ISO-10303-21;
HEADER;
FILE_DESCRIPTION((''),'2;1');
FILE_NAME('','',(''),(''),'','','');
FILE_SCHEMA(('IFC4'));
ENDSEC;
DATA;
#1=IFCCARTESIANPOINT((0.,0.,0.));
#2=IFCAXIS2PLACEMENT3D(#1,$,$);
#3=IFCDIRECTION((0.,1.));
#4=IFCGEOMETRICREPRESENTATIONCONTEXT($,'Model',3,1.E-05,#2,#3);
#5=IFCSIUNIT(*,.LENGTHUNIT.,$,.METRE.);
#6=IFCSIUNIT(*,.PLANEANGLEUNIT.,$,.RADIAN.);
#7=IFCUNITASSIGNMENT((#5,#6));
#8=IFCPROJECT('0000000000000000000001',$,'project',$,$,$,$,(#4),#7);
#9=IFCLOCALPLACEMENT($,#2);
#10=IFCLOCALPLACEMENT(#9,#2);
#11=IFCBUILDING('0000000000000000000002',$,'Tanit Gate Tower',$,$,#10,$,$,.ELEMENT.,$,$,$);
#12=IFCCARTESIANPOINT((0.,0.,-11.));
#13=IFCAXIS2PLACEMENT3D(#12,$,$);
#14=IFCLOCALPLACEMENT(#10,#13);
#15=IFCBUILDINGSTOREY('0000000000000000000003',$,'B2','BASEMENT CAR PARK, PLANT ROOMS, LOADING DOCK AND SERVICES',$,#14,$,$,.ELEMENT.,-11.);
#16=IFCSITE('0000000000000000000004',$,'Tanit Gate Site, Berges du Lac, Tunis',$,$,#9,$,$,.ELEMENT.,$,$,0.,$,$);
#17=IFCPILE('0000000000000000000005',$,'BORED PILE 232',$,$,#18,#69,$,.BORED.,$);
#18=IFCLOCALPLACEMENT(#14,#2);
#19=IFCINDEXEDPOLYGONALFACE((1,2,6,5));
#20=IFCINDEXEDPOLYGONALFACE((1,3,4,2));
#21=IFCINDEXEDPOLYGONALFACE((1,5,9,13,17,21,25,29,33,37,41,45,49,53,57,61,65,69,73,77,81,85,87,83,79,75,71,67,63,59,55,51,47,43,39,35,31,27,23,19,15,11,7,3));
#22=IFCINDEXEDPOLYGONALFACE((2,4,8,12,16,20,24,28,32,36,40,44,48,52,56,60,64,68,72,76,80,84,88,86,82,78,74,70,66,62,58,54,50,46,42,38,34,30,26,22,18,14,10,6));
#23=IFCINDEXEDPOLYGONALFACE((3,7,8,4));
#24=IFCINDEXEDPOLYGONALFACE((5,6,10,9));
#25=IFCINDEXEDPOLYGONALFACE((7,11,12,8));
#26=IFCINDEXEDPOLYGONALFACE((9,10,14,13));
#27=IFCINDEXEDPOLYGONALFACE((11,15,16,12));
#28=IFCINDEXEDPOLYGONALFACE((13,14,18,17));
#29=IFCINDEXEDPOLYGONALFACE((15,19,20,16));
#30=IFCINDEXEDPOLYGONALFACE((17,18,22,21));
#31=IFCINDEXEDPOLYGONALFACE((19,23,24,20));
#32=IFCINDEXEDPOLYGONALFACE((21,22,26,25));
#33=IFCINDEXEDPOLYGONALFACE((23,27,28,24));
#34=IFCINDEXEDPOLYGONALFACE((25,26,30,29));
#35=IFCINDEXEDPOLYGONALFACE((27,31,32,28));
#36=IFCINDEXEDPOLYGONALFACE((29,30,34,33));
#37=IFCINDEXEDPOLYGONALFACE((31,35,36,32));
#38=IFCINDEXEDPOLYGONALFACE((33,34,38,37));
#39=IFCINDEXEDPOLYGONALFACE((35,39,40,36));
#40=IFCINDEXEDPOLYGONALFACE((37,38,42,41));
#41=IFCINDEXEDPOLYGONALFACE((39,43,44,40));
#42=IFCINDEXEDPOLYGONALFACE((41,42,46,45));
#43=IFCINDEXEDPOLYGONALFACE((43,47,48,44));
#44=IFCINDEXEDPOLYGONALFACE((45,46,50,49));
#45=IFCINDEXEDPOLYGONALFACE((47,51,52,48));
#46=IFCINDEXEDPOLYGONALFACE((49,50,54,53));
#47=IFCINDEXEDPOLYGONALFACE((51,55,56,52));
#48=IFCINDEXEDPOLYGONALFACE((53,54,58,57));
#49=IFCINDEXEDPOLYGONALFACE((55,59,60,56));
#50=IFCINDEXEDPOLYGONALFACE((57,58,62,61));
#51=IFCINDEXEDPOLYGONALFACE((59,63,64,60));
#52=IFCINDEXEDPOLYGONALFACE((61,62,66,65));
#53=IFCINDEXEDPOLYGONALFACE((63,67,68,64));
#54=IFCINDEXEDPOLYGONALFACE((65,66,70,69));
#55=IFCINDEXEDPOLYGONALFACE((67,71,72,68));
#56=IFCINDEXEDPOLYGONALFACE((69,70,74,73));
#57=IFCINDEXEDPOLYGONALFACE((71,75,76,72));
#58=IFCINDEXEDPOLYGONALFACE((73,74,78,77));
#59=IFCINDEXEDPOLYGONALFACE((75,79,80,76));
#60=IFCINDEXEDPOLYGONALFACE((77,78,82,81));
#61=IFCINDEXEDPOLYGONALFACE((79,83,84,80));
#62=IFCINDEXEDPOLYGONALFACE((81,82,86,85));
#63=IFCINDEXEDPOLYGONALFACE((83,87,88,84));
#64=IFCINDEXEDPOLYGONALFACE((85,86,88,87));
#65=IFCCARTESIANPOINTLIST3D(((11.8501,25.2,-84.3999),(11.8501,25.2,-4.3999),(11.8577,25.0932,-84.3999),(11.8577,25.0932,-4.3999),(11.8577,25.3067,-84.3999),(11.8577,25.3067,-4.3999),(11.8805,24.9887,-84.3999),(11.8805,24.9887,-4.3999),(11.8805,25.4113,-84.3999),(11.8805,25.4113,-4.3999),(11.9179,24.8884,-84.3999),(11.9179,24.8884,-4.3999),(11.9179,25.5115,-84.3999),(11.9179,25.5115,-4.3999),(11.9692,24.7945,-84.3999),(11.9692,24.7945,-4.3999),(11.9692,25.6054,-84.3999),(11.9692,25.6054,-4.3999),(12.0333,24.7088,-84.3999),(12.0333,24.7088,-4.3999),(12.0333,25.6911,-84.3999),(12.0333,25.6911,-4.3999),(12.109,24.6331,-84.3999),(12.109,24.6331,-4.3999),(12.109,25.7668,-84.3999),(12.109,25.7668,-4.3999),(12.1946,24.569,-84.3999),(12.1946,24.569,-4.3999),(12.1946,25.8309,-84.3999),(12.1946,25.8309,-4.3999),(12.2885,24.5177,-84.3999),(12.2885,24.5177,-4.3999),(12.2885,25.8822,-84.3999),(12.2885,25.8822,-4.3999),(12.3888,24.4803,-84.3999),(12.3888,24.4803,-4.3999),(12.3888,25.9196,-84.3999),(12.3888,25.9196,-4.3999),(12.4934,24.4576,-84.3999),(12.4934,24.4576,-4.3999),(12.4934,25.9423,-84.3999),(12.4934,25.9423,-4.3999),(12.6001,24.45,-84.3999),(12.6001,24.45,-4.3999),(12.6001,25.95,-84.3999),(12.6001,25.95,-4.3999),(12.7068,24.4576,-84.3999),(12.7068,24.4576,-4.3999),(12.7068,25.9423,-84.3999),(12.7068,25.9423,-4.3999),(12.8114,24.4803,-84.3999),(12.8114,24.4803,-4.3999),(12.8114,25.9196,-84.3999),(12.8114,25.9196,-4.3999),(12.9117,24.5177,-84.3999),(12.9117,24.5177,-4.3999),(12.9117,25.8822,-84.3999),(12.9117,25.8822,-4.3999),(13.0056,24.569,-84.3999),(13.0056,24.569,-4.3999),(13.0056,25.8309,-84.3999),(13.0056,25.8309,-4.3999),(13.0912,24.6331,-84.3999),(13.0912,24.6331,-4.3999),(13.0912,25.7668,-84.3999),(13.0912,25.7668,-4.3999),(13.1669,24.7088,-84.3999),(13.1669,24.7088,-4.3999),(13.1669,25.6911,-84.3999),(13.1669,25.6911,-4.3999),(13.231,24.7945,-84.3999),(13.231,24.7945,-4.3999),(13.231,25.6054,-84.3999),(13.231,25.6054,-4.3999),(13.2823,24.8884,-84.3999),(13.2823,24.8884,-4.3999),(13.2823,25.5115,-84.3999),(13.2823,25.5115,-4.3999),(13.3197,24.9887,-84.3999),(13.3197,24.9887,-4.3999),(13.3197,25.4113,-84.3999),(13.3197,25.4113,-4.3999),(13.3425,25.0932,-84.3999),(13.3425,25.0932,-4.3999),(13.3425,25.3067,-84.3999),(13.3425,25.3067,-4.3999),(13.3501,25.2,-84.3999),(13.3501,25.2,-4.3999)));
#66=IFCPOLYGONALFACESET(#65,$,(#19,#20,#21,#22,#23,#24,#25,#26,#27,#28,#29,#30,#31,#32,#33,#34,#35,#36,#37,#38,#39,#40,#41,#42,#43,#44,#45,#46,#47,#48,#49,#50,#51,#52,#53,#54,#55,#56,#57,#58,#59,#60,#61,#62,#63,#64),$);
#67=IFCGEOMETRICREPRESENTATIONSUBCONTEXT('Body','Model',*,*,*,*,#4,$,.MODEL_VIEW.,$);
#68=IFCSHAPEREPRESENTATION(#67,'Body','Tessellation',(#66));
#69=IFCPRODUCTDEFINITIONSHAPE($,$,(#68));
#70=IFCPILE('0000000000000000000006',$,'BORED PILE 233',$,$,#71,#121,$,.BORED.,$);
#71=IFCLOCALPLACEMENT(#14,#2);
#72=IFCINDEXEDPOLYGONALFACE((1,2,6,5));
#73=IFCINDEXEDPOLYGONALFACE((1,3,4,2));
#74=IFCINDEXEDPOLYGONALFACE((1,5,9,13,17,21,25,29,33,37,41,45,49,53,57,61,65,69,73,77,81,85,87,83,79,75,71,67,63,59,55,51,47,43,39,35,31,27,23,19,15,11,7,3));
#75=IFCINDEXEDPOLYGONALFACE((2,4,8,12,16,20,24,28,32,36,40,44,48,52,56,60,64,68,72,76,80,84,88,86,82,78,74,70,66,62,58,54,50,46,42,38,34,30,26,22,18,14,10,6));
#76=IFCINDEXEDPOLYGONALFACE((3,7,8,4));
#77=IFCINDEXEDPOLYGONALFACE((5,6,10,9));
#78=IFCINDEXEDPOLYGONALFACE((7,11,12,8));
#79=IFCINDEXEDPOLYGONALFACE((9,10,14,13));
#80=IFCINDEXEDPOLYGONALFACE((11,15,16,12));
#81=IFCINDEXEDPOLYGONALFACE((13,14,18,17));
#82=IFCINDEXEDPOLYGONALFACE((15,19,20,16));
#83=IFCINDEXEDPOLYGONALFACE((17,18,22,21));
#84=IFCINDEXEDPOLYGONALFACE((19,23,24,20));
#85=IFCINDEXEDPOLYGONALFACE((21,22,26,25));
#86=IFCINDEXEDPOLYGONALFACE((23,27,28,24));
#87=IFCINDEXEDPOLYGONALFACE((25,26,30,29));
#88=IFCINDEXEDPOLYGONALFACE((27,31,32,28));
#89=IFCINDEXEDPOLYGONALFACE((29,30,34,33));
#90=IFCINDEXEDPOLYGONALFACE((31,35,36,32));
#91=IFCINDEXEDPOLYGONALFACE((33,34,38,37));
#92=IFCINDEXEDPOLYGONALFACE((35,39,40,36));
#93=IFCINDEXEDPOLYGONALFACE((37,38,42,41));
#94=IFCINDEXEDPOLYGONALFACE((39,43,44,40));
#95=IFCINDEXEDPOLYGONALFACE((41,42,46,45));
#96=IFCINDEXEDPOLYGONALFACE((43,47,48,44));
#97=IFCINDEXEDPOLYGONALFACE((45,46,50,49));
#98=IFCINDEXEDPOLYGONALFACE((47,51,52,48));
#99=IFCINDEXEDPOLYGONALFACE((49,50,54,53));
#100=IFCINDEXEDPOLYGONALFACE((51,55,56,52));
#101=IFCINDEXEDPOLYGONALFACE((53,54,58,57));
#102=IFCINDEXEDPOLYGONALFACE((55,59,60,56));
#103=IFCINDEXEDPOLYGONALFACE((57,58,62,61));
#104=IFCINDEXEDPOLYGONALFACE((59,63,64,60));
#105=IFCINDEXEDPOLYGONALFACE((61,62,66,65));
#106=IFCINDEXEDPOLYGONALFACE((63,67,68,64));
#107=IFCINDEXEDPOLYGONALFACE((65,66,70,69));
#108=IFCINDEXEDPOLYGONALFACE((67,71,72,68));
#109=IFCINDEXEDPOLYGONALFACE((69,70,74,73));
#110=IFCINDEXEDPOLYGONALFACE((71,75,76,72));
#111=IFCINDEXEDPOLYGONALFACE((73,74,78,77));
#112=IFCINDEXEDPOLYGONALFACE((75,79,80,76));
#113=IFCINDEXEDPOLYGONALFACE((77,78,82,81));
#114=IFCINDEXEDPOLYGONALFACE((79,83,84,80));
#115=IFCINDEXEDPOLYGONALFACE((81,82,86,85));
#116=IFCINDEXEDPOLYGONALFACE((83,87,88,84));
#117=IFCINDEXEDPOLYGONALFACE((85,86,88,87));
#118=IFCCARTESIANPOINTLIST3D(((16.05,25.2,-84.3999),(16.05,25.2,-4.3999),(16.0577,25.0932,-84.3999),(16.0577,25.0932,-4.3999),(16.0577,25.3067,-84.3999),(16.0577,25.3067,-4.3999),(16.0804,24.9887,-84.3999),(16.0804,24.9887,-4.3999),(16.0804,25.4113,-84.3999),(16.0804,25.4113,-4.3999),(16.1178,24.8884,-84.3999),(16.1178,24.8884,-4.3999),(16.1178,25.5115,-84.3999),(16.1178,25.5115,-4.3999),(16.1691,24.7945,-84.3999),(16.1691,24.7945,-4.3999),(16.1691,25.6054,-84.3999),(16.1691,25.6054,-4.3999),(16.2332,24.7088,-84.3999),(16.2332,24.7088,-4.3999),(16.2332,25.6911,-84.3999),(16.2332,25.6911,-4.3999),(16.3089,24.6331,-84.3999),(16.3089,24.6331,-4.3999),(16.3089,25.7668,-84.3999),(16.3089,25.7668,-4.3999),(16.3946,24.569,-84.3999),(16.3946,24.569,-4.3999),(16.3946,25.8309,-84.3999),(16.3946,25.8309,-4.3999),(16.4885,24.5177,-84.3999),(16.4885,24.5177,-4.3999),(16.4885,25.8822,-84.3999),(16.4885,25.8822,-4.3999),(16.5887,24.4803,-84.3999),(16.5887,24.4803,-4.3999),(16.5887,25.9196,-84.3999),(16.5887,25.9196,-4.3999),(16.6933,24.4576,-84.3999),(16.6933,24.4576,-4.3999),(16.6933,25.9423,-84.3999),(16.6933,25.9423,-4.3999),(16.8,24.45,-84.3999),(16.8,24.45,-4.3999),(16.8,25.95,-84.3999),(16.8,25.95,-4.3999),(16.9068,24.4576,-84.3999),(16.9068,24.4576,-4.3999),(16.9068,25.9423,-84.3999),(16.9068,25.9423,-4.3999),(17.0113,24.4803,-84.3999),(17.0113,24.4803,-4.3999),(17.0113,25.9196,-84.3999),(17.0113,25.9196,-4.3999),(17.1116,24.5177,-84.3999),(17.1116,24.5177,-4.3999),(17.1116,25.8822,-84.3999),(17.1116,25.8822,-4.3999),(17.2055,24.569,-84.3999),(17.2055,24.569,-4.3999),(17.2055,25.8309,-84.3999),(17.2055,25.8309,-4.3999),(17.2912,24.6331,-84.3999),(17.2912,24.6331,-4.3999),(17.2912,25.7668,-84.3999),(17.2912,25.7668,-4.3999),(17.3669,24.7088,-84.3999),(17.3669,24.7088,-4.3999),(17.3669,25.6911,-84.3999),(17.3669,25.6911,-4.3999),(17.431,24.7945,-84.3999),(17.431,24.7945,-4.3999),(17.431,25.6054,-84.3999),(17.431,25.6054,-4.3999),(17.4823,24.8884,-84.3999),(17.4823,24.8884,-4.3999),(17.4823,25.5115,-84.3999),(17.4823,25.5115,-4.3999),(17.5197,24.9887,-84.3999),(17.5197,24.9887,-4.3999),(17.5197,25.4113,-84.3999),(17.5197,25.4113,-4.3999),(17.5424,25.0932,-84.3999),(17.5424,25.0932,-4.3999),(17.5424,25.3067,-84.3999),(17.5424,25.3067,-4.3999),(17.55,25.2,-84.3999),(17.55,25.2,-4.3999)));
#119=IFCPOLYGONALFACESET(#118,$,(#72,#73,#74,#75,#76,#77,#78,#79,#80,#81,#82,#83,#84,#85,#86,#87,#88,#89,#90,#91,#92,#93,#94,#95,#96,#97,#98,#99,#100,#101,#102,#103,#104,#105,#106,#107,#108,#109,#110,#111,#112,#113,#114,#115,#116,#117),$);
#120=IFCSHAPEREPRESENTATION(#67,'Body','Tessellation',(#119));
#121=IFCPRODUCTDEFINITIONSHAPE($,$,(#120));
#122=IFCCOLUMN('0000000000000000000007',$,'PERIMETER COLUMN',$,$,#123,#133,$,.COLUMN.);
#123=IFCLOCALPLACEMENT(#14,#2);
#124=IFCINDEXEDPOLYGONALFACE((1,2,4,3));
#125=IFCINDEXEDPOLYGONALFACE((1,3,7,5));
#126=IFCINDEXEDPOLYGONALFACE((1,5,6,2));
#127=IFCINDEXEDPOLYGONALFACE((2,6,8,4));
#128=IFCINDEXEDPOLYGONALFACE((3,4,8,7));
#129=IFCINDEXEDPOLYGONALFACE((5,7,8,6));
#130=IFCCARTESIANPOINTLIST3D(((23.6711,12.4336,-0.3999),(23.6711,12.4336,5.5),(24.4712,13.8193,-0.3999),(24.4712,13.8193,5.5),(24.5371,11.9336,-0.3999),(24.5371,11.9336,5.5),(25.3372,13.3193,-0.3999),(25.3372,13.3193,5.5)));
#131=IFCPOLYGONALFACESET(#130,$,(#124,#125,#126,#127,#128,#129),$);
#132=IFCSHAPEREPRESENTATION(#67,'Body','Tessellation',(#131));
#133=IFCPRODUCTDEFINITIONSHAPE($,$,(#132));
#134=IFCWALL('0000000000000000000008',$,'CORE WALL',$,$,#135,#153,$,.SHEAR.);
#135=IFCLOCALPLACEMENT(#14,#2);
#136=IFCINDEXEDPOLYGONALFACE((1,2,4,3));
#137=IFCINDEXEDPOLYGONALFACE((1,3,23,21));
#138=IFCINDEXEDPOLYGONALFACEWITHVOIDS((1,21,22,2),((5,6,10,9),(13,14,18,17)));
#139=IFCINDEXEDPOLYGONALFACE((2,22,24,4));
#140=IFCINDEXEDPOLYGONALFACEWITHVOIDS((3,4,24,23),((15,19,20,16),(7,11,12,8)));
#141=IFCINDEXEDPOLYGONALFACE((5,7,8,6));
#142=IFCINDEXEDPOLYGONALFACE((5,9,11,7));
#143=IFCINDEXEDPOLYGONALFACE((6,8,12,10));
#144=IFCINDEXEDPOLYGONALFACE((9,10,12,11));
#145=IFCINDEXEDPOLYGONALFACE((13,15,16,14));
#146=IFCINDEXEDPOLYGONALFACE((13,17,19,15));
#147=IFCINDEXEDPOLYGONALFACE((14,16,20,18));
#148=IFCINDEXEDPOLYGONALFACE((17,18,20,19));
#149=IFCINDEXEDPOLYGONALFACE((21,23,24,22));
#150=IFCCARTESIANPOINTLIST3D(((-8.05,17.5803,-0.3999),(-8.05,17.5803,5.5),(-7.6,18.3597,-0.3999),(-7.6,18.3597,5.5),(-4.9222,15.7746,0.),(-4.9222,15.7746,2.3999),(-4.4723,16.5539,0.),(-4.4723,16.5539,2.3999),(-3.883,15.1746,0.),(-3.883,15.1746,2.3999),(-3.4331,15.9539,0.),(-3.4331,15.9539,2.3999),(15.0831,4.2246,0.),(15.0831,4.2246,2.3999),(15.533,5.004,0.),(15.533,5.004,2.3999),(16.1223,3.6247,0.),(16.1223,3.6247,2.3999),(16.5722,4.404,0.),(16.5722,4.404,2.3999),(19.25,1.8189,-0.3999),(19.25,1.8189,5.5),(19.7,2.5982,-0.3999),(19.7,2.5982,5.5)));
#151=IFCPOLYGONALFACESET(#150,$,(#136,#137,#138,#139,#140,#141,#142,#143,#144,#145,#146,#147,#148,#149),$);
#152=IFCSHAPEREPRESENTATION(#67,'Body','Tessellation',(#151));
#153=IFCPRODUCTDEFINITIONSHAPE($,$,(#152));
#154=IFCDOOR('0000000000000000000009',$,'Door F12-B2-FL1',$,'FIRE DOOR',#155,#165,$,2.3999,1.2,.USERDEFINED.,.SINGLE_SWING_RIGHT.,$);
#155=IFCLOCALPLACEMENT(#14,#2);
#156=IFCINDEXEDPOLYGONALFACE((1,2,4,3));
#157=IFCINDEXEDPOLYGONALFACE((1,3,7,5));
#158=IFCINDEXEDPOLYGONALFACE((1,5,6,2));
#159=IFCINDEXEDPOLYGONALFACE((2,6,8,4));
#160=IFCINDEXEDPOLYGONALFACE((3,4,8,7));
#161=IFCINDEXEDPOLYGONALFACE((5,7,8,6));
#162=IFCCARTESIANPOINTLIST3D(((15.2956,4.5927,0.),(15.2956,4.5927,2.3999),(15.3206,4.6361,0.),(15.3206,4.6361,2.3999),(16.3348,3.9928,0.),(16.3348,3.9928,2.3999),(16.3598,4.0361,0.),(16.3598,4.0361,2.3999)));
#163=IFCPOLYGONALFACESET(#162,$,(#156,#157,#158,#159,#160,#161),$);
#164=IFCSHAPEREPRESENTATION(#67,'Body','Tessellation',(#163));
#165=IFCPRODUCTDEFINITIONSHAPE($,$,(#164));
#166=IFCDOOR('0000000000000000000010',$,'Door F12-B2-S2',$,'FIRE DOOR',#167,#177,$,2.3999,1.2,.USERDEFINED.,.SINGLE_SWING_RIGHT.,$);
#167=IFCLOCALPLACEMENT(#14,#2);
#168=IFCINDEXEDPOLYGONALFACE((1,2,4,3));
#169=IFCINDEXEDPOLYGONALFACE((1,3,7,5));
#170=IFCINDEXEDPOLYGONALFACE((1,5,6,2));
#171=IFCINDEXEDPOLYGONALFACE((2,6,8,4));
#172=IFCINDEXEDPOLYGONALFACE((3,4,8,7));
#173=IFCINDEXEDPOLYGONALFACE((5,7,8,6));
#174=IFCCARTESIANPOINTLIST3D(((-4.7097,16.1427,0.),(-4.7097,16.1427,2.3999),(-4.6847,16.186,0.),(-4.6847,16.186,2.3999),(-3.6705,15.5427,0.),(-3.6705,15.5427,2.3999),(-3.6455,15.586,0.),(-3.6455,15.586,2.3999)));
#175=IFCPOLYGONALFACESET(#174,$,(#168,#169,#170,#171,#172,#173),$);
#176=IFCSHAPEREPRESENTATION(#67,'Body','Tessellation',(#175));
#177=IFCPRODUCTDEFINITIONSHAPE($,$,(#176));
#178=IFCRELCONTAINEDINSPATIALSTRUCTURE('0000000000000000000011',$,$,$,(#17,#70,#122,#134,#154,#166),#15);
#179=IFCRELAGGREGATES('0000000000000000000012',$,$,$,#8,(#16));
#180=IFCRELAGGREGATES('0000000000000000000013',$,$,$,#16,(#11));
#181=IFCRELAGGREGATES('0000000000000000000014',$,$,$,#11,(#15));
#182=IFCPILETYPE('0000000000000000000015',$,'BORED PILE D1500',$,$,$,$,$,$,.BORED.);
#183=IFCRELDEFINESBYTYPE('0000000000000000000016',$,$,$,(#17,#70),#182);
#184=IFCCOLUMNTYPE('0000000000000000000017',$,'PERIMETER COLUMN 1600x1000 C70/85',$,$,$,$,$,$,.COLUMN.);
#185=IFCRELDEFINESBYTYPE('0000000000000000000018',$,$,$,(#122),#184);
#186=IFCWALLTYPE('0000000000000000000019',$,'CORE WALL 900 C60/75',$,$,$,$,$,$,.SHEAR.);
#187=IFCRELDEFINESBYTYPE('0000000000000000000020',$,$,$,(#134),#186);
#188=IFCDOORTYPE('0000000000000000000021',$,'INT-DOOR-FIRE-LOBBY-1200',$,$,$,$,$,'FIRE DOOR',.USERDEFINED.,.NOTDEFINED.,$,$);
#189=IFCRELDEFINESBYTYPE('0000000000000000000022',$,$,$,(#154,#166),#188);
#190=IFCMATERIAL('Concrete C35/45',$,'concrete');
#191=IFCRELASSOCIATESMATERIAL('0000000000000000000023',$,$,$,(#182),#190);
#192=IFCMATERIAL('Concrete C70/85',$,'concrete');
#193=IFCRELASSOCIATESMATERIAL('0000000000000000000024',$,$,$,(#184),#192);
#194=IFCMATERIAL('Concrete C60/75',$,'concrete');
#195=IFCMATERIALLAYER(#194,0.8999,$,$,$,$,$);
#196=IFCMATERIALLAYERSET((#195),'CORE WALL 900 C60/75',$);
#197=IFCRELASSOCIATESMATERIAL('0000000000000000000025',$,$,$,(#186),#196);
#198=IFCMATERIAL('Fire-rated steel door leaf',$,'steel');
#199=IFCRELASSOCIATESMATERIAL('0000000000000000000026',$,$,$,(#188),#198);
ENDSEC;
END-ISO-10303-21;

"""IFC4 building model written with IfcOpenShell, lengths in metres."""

from ifc_helpers import new_model, si_unit, direction, frame, frame_2d, origin, origin_2d, place, context, subcontext, project, spatial, rectangle, circle, extrude, material, layer, layer_set, material_profile, profile_set, type_object, element, fill, save


model = new_model("IFC4")

# Units and contexts
model_context = context("Model", 3, precision=1e-05, world=origin(), true_north=direction((0.0, 1.0)))
body_context = subcontext(model_context, "Body", "Model", "MODEL_VIEW")
ifc_project = project(units=[si_unit("LENGTHUNIT", "METRE"), si_unit("PLANEANGLEUNIT", "RADIAN")], contexts=[model_context])

# Site, building, storey
site_placement = place(None, origin())
site = spatial("IfcSite", under=ifc_project, at=site_placement, Name="Tanit Gate Site, Berges du Lac, Tunis", CompositionType="ELEMENT", RefElevation=0.0)
building_placement = place(site_placement, origin())
building = spatial("IfcBuilding", under=site, at=building_placement, Name="Tanit Gate Tower", CompositionType="ELEMENT")
storey_placement = place(building_placement, frame((0.0, 0.0, -11.0)))
storey = spatial("IfcBuildingStorey", under=building, at=storey_placement, Name="B2", Description="BASEMENT CAR PARK, PLANT ROOMS, LOADING DOCK AND SERVICES", CompositionType="ELEMENT", Elevation=-11.0)

# Piles
ifc_material_1 = material(Name="Concrete C35/45", Category="concrete")
ifc_material_profile_1 = material_profile(ifc_material_1, circle(Radius=0.75, at=origin_2d()), Name="BORED PILE D1500 C35/45")
ifc_profile_set_1 = profile_set([ifc_material_profile_1], Name="Concrete C35/45")
pile_type = type_object("IfcPileType", Name="BORED PILE D1500", PredefinedType="BORED", material=ifc_profile_set_1)
for number, where, z_axis, x_axis, name in (
    (1, (12.6001, 25.2, -4.3999), (0.0, 0.0, -1.0), (1.0, 0.0, 0.0), "BORED PILE 232"),
    (2, (16.8, 25.2, -4.3999), (0.0, 0.0, -1.0), (1.0, 0.0, 0.0), "BORED PILE 233"),
):
    element("IfcPile", number, at=place(storey_placement, frame(where, z_axis=z_axis, x_axis=x_axis)), inside=storey, type_object=pile_type, Name=name, PredefinedType="BORED", context=body_context, shape_type="SweptSolid", body=[
        extrude(circle(Radius=0.75, at=origin_2d()), origin(), (0.0, 0.0, 1.0), 80.0),
    ])

# Column
ifc_material_2 = material(Name="Concrete C70/85", Category="concrete")
ifc_material_profile_2 = material_profile(ifc_material_2, rectangle(XDim=1.6001, YDim=1.0, at=origin_2d()), Name="RC 1600x1000")
ifc_profile_set_2 = profile_set([ifc_material_profile_2], Name="Concrete C70/85")
column_type = type_object("IfcColumnType", Name="PERIMETER COLUMN 1600x1000 C70/85", PredefinedType="COLUMN", material=ifc_profile_set_2)
column_placement = place(storey_placement, frame((24.5042, 12.8765, -0.3999), z_axis=(0.0, 0.0, 1.0), x_axis=(0.5, 0.866025, 0.0)))
element("IfcColumn", 3, at=column_placement, inside=storey, type_object=column_type, Name="PERIMETER COLUMN", PredefinedType="COLUMN", context=body_context, shape_type="SweptSolid", body=[
    extrude(rectangle(XDim=1.6001, YDim=1.0, at=origin_2d()), origin(), (0.0, 0.0, 1.0), 5.8999),
])

# Wall, openings, doors
ifc_material_3 = material(Name="Concrete C60/75", Category="concrete")
ifc_layer_1 = layer(ifc_material_3, 0.8999)
ifc_layer_set_1 = layer_set([ifc_layer_1], Name="CORE WALL 900 C60/75")
wall_type_1 = type_object("IfcWallType", Name="CORE WALL 900 C60/75", PredefinedType="SHEAR", material=ifc_layer_set_1)
wall_1_placement = place(storey_placement, frame((19.4751, 2.2085, -0.3999), z_axis=(0.0, 0.0, 1.0), x_axis=(-0.866028, 0.499995, 0.0)))
wall_1 = element("IfcWall", 4, at=wall_1_placement, inside=storey, type_object=wall_type_1, Name="CORE WALL", PredefinedType="SHEAR", context=body_context, shape_type="SweptSolid", body=[
    extrude(rectangle(XDim=31.5232, YDim=0.8999, at=frame_2d((15.7617, 0.0))), origin(), (0.0, 0.0, 1.0), 5.8999),
])
opening_1_placement = place(wall_1_placement, frame((3.6116, 0.0, 0.3999)))
opening_1 = element("IfcOpeningElement", 5, at=opening_1_placement, cuts=wall_1, PredefinedType="OPENING", context=body_context, shape_type="SweptSolid", body=[
    extrude(rectangle(XDim=1.2, YDim=2.3999, at=frame_2d((0.6001, 1.2))), frame((0.0, 0.46, 0.0), z_axis=(0.0, -1.0, 0.0), x_axis=(1.0, 0.0, 0.0)), (0.0, 0.0, 1.0), 0.9199),
])
opening_2_placement = place(wall_1_placement, frame((26.7117, 0.0, 0.3999)))
opening_2 = element("IfcOpeningElement", 6, at=opening_2_placement, cuts=wall_1, PredefinedType="OPENING", context=body_context, shape_type="SweptSolid", body=[
    extrude(rectangle(XDim=1.2, YDim=2.3999, at=frame_2d((0.6001, 1.2))), frame((0.0, 0.46, 0.0), z_axis=(0.0, -1.0, 0.0), x_axis=(1.0, 0.0, 0.0)), (0.0, 0.0, 1.0), 0.9199),
])
ifc_material_4 = material(Name="Fire-rated steel door leaf", Category="steel")
door_type_1 = type_object("IfcDoorType", Name="INT-DOOR-FIRE-LOBBY-1200", ElementType="FIRE DOOR", OperationType="NOTDEFINED", PredefinedType="USERDEFINED", material=ifc_material_4)
door_1_placement = place(opening_1_placement, origin())
door_1 = element("IfcDoor", 7, at=door_1_placement, inside=storey, type_object=door_type_1, Name="Door F12-B2-FL1", ObjectType="FIRE DOOR", OperationType="SINGLE_SWING_RIGHT", OverallHeight=2.3999, OverallWidth=1.2, PredefinedType="USERDEFINED", context=body_context, shape_type="SweptSolid", body=[
    extrude(rectangle(XDim=1.2, YDim=2.3999, at=frame_2d((0.6001, 1.2))), frame((0.0, 0.0249, 0.0), z_axis=(0.0, -1.0, 0.0), x_axis=(1.0, 0.0, 0.0)), (0.0, 0.0, 1.0), 0.05),
])
fill(opening_1, door_1)
door_2_placement = place(opening_2_placement, origin())
door_2 = element("IfcDoor", 8, at=door_2_placement, inside=storey, type_object=door_type_1, Name="Door F12-B2-S2", ObjectType="FIRE DOOR", OperationType="SINGLE_SWING_RIGHT", OverallHeight=2.3999, OverallWidth=1.2, PredefinedType="USERDEFINED", context=body_context, shape_type="SweptSolid", body=[
    extrude(rectangle(XDim=1.2, YDim=2.3999, at=frame_2d((0.6001, 1.2))), frame((0.0, 0.0249, 0.0), z_axis=(0.0, -1.0, 0.0), x_axis=(1.0, 0.0, 0.0)), (0.0, 0.0, 1.0), 0.05),
])
fill(opening_2, door_2)

save(model, "model.ifc")
